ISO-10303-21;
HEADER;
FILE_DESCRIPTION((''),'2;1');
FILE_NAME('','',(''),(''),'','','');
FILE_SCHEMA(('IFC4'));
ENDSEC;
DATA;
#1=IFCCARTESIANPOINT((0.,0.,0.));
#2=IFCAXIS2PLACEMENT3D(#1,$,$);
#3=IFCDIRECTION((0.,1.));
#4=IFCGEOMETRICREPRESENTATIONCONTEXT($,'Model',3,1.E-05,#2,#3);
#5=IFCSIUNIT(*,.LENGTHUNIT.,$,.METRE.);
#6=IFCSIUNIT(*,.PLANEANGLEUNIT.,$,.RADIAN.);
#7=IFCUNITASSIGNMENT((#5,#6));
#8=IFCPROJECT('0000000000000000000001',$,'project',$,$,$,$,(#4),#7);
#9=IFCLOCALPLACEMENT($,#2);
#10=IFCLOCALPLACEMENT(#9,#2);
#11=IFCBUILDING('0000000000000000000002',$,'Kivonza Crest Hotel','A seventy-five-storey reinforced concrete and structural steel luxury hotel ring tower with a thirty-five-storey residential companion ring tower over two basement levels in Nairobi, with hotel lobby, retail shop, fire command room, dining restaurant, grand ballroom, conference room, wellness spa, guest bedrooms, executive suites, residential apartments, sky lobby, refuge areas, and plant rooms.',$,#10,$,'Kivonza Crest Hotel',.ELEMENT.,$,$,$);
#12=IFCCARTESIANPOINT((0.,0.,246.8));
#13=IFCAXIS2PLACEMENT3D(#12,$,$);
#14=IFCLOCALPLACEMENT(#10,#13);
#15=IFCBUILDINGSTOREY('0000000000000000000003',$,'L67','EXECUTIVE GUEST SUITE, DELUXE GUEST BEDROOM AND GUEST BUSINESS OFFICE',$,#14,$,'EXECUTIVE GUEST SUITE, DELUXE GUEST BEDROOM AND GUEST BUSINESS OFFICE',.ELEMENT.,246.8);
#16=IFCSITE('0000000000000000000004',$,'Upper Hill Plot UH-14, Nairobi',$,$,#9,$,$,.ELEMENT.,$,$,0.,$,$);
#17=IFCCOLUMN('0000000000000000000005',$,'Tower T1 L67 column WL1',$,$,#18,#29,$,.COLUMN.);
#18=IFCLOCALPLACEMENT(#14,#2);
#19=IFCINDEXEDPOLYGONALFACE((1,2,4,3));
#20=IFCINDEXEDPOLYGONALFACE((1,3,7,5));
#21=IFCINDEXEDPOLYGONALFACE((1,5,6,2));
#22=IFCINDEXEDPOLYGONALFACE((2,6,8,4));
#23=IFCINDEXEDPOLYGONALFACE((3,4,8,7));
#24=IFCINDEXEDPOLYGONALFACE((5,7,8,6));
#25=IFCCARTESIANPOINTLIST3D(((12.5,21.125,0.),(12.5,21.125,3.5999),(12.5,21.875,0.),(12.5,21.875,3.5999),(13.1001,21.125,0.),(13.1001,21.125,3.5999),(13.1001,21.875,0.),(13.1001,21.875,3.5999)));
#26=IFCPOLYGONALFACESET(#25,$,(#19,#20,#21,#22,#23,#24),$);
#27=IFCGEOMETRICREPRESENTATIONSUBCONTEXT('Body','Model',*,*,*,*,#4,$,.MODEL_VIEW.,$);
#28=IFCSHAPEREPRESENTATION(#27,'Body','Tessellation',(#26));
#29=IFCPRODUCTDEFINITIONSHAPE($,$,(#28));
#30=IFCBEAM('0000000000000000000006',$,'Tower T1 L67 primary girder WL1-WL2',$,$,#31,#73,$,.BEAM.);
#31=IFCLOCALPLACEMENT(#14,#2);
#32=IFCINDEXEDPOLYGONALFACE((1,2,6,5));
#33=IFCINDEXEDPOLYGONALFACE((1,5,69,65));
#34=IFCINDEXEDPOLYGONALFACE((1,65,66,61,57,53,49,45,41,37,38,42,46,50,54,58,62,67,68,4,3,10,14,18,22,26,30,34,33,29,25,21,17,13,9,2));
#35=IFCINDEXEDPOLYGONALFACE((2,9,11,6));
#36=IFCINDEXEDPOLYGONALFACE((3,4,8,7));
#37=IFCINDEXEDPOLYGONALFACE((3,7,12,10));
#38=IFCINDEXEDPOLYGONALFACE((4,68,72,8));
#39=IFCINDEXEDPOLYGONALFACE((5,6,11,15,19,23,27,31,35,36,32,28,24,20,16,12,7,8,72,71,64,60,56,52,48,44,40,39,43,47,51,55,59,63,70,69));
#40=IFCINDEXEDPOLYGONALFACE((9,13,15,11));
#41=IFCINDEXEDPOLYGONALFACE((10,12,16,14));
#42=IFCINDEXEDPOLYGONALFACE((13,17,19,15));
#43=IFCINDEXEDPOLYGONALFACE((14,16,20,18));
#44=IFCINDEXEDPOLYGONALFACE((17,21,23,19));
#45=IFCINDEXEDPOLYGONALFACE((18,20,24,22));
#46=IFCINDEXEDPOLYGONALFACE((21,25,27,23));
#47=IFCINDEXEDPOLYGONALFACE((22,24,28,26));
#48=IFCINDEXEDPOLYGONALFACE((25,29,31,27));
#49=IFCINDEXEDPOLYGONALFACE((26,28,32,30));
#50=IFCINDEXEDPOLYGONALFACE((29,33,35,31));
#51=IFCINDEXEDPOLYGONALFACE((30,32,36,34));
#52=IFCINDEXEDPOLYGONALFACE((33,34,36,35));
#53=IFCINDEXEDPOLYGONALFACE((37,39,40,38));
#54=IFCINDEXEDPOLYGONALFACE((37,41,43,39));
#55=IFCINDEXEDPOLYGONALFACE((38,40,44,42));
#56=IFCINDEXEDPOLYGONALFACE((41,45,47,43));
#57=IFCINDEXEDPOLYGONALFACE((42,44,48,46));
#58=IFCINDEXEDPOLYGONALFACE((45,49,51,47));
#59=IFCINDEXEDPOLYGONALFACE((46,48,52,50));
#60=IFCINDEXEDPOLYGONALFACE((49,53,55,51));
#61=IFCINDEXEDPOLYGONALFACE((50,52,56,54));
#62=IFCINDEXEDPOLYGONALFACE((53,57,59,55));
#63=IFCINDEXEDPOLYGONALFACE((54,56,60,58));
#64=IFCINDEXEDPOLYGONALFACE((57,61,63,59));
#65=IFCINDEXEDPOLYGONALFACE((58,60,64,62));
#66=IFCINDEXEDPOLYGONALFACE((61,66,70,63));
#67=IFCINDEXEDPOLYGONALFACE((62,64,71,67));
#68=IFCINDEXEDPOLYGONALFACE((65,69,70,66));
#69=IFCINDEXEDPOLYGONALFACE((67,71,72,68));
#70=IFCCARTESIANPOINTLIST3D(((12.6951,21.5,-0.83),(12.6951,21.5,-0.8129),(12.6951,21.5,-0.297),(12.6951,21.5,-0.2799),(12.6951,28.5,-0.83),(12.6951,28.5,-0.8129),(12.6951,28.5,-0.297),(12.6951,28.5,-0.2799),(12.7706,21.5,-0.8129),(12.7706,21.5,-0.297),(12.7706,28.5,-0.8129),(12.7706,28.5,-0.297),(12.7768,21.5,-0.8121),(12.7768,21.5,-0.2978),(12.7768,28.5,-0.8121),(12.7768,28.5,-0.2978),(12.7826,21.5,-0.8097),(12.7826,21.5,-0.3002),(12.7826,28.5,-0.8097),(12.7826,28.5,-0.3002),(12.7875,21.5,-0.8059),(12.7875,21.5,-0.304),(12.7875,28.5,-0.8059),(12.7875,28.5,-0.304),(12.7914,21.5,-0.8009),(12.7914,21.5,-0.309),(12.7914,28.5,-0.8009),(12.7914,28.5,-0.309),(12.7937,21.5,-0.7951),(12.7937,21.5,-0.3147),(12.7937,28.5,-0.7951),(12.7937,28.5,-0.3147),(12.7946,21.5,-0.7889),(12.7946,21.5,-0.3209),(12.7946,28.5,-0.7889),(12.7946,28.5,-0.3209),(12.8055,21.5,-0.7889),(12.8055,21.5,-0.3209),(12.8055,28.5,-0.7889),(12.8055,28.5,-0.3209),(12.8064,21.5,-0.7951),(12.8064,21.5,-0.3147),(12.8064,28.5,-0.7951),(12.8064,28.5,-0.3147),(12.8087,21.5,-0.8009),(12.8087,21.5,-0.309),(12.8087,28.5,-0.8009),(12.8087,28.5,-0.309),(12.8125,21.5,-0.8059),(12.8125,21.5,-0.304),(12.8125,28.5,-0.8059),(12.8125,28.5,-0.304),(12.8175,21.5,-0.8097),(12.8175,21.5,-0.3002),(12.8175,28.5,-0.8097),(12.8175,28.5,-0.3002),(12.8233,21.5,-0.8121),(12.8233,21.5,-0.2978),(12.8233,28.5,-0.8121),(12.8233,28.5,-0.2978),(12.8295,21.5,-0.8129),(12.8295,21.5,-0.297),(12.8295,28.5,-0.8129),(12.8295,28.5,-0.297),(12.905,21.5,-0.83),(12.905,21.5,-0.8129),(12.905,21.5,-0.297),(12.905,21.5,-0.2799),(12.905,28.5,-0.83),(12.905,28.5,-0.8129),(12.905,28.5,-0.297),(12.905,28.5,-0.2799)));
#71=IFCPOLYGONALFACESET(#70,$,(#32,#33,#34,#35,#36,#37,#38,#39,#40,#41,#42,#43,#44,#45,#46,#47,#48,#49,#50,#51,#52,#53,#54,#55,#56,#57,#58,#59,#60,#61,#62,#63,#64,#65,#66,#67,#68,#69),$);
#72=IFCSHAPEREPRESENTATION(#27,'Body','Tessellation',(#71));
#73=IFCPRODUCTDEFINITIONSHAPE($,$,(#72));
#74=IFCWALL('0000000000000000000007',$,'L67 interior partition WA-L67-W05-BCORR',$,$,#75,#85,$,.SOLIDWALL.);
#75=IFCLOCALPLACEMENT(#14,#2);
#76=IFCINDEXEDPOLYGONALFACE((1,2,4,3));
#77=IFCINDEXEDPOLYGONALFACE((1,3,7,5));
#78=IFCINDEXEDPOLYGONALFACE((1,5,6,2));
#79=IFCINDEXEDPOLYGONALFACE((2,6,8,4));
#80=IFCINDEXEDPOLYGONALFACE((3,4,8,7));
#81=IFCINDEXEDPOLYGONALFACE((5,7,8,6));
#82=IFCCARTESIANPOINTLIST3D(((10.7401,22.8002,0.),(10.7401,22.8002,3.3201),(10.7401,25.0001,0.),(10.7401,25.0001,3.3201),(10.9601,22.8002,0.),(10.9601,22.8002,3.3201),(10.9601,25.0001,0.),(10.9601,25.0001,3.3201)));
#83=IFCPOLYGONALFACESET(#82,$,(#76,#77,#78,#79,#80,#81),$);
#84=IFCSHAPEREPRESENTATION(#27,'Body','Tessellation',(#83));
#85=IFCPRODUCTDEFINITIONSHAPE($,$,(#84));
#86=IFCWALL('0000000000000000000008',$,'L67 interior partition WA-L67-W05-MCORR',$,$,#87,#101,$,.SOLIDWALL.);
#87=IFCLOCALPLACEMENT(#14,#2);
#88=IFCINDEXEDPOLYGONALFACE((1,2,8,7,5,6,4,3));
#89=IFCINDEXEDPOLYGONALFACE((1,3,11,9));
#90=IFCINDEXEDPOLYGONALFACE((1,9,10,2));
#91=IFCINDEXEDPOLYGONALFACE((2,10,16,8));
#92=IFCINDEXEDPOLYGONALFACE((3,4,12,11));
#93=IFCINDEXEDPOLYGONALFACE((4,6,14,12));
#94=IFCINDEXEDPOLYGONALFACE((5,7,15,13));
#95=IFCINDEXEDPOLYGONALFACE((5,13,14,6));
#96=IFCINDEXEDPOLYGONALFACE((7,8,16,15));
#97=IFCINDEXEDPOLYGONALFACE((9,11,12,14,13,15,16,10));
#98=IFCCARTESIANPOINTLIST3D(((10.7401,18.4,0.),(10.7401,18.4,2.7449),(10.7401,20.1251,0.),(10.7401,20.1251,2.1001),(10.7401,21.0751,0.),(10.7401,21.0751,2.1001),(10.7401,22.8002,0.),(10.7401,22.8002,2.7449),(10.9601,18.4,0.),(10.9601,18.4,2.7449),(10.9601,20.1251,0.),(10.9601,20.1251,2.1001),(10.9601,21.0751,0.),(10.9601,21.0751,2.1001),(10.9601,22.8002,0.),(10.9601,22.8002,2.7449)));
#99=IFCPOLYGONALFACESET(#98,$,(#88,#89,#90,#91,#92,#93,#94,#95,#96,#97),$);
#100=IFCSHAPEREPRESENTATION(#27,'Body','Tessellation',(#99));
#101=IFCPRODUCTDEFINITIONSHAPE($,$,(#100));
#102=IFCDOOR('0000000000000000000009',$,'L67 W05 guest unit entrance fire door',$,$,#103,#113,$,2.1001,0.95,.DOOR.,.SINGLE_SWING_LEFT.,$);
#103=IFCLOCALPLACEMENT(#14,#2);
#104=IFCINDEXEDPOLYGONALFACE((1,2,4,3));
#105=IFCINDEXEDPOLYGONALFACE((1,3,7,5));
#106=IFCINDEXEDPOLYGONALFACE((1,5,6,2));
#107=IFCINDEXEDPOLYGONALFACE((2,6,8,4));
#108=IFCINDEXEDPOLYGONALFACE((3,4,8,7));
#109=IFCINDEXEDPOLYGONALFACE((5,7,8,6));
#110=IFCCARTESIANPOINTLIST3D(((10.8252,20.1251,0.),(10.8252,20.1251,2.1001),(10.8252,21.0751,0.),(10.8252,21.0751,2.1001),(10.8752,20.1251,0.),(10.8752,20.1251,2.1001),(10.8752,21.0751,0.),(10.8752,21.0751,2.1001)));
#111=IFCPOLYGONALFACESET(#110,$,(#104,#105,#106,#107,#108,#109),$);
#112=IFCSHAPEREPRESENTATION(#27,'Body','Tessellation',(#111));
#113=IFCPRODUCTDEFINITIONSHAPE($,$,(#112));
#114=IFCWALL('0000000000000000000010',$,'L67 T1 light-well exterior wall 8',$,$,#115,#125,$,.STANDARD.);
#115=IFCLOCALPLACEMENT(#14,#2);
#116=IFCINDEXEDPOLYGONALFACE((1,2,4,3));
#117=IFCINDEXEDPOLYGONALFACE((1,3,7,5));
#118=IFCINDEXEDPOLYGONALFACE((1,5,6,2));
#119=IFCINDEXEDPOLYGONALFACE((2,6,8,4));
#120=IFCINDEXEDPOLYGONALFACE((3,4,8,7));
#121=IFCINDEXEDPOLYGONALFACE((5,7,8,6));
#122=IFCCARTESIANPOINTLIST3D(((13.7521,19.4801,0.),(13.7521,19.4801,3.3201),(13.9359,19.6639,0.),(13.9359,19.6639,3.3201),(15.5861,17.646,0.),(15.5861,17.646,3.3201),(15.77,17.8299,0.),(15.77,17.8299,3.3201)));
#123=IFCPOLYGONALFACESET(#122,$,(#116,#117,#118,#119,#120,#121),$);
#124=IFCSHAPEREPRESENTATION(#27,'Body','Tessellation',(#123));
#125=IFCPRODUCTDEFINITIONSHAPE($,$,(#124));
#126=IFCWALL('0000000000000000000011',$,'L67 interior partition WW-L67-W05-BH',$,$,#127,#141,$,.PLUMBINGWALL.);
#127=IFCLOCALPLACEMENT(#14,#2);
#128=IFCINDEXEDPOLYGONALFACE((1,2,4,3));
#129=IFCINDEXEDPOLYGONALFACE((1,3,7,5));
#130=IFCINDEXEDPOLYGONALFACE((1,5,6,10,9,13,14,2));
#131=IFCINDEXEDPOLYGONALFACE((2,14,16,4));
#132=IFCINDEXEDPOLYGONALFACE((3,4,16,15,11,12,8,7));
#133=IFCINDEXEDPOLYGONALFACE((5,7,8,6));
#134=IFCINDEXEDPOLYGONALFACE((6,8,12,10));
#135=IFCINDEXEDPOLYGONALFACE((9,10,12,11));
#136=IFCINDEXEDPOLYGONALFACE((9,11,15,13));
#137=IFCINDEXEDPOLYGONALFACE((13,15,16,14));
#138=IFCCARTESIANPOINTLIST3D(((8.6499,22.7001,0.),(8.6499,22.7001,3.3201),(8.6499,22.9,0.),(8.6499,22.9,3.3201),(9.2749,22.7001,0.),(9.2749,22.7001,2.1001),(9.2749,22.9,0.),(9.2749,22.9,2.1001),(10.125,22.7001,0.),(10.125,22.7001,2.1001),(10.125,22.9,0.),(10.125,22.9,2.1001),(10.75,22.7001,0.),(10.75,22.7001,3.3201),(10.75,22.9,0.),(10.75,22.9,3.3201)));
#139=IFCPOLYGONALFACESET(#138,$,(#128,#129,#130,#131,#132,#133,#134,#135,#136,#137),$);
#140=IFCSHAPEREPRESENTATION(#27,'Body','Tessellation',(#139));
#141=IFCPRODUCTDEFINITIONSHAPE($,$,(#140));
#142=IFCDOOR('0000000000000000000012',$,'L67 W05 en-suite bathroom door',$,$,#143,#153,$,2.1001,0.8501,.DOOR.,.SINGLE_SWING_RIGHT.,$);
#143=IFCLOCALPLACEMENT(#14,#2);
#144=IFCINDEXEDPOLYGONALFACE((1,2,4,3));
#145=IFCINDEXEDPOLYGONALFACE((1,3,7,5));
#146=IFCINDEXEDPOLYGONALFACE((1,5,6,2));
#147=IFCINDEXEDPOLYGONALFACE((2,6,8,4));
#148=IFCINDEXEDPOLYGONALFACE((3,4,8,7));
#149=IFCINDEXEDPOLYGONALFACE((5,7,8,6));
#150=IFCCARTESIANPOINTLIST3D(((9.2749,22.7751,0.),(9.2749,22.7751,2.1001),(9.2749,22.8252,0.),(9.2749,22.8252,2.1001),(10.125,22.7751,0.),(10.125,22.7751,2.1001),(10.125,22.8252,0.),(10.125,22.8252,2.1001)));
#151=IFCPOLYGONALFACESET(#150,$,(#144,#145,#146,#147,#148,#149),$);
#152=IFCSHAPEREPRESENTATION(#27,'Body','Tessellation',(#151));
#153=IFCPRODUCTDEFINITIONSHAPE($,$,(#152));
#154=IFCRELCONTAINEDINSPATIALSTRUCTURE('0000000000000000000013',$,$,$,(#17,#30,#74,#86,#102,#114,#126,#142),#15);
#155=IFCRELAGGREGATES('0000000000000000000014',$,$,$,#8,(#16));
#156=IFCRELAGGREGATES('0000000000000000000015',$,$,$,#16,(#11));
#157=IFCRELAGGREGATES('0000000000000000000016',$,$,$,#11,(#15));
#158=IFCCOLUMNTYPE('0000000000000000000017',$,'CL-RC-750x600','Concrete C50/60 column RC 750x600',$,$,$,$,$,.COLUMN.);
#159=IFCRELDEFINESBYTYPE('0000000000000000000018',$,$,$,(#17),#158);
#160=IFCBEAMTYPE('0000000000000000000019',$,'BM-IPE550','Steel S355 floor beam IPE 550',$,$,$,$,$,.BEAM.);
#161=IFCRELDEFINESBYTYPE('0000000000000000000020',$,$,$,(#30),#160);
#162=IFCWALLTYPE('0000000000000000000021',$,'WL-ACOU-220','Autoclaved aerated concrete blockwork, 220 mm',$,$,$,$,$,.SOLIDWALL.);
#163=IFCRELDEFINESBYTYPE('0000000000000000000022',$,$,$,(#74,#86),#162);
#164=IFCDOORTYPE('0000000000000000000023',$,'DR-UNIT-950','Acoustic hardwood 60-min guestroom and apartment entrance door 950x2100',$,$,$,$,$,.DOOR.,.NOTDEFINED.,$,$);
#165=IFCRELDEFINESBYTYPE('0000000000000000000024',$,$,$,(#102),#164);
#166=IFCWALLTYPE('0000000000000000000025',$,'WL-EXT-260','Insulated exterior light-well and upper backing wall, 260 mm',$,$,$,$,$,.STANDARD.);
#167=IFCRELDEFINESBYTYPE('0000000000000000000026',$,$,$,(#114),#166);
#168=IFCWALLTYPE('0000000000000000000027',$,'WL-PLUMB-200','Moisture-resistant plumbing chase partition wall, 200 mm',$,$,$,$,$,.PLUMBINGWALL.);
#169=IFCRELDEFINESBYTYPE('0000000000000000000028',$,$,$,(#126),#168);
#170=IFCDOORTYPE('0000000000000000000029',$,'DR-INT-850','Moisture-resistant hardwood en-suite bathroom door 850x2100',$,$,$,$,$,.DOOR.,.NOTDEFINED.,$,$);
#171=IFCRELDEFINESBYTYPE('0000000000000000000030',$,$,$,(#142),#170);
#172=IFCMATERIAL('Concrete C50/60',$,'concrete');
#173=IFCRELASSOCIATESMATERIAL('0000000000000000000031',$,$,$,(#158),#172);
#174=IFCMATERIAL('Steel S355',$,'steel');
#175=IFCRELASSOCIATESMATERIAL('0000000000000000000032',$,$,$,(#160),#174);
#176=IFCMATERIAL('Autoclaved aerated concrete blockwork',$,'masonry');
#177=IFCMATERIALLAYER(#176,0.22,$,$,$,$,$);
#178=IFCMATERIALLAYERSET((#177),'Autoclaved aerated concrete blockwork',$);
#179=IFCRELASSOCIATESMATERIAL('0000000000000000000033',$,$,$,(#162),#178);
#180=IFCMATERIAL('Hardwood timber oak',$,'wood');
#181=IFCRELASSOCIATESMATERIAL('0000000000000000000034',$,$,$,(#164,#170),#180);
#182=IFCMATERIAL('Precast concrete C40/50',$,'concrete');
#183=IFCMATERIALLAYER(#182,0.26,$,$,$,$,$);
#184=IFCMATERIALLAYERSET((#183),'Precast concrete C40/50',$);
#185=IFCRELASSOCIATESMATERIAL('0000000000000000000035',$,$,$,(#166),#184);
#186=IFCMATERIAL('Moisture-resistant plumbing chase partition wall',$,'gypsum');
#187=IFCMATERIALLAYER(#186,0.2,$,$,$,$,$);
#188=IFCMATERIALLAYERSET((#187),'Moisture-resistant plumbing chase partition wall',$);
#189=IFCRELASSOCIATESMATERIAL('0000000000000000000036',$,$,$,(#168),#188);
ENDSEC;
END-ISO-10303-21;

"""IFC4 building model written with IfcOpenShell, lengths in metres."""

from ifc_helpers import new_model, si_unit, direction, frame, frame_2d, origin, origin_2d, place, context, subcontext, project, spatial, rectangle, i_section, extrude, material, layer, layer_set, material_profile, profile_set, type_object, element, fill, save


model = new_model("IFC4")

# Units and contexts
model_context = context("Model", 3, precision=1e-05, world=origin(), true_north=direction((0.0, 1.0)))
body_context = subcontext(model_context, "Body", "Model", "MODEL_VIEW")
ifc_project = project(units=[si_unit("LENGTHUNIT", "METRE"), si_unit("PLANEANGLEUNIT", "RADIAN")], contexts=[model_context])

# Site, building, storey
site_placement = place(None, origin())
site = spatial("IfcSite", under=ifc_project, at=site_placement, Name="Upper Hill Plot UH-14, Nairobi", CompositionType="ELEMENT", RefElevation=0.0)
building_placement = place(site_placement, origin())
building = spatial("IfcBuilding", under=site, at=building_placement, Name="Kivonza Crest Hotel", Description="A seventy-five-storey reinforced concrete and structural steel luxury hotel ring tower with a thirty-five-storey residential companion ring tower over two basement levels in Nairobi, with hotel lobby, retail shop, fire command room, dining restaurant, grand ballroom, conference room, wellness spa, guest bedrooms, executive suites, residential apartments, sky lobby, refuge areas, and plant rooms.", LongName="Kivonza Crest Hotel", CompositionType="ELEMENT")
storey_placement = place(building_placement, frame((0.0, 0.0, 246.8)))
storey = spatial("IfcBuildingStorey", under=building, at=storey_placement, Name="L67", Description="EXECUTIVE GUEST SUITE, DELUXE GUEST BEDROOM AND GUEST BUSINESS OFFICE", LongName="EXECUTIVE GUEST SUITE, DELUXE GUEST BEDROOM AND GUEST BUSINESS OFFICE", CompositionType="ELEMENT", Elevation=246.8)

# Column
ifc_material_1 = material(Name="Concrete C50/60", Category="concrete")
ifc_material_profile_1 = material_profile(ifc_material_1, rectangle(XDim=0.6001, YDim=0.75, at=origin_2d()), Name="RC 750x600")
ifc_profile_set_1 = profile_set([ifc_material_profile_1], Name="Concrete C50/60")
column_type = type_object("IfcColumnType", Name="CL-RC-750x600", Description="Concrete C50/60 column RC 750x600", PredefinedType="COLUMN", material=ifc_profile_set_1)
column_placement = place(storey_placement, frame((12.8, 21.5, 0.0), z_axis=(0.0, 0.0, 1.0), x_axis=(1.0, 0.0, 0.0)))
element("IfcColumn", 1, at=column_placement, inside=storey, type_object=column_type, Name="Tower T1 L67 column WL1", PredefinedType="COLUMN", context=body_context, shape_type="SweptSolid", body=[
    extrude(rectangle(XDim=0.6001, YDim=0.75, at=origin_2d()), origin(), (0.0, 0.0, 1.0), 3.5999),
])

# Beam
ifc_material_2 = material(Name="Steel S355", Category="steel")
ifc_material_profile_2 = material_profile(ifc_material_2, i_section(OverallWidth=0.21, OverallDepth=0.55, WebThickness=0.011, FlangeThickness=0.0171, FilletRadius=0.0239, at=origin_2d()), Name="IPE 550")
ifc_profile_set_2 = profile_set([ifc_material_profile_2], Name="Steel S355")
beam_type = type_object("IfcBeamType", Name="BM-IPE550", Description="Steel S355 floor beam IPE 550", PredefinedType="BEAM", material=ifc_profile_set_2)
beam_placement = place(storey_placement, frame((12.8, 21.5, -0.5549), z_axis=(0.0, 1.0, 0.0), x_axis=(-1.0, 0.0, 0.0)))
element("IfcBeam", 2, at=beam_placement, inside=storey, type_object=beam_type, Name="Tower T1 L67 primary girder WL1-WL2", PredefinedType="BEAM", context=body_context, shape_type="SweptSolid", body=[
    extrude(i_section(OverallWidth=0.21, OverallDepth=0.55, WebThickness=0.011, FlangeThickness=0.0171, FilletRadius=0.0239, at=origin_2d()), origin(), (0.0, 0.0, 1.0), 7.0),
])

# Wall
ifc_material_3 = material(Name="Autoclaved aerated concrete blockwork", Category="masonry")
ifc_layer_1 = layer(ifc_material_3, 0.22)
ifc_layer_set_1 = layer_set([ifc_layer_1], Name="Autoclaved aerated concrete blockwork")
wall_type_1 = type_object("IfcWallType", Name="WL-ACOU-220", Description="Autoclaved aerated concrete blockwork, 220 mm", PredefinedType="SOLIDWALL", material=ifc_layer_set_1)
wall_1_placement = place(storey_placement, frame((10.8501, 22.8, 0.0), z_axis=(0.0, 0.0, 1.0), x_axis=(0.0, 1.0, 0.0)))
element("IfcWall", 3, at=wall_1_placement, inside=storey, type_object=wall_type_1, Name="L67 interior partition WA-L67-W05-BCORR", PredefinedType="SOLIDWALL", context=body_context, shape_type="SweptSolid", body=[
    extrude(rectangle(XDim=2.2, YDim=0.22, at=frame_2d((1.1001, 0.0))), origin(), (0.0, 0.0, 1.0), 3.3201),
])

# Wall, opening, door
wall_2_placement = place(storey_placement, frame((10.8501, 18.3999, 0.0), z_axis=(0.0, 0.0, 1.0), x_axis=(0.0, 1.0, 0.0)))
wall_2 = element("IfcWall", 4, at=wall_2_placement, inside=storey, type_object=wall_type_1, Name="L67 interior partition WA-L67-W05-MCORR", PredefinedType="SOLIDWALL", context=body_context, shape_type="SweptSolid", body=[
    extrude(rectangle(XDim=4.4001, YDim=0.22, at=frame_2d((2.2002, 0.0))), origin(), (0.0, 0.0, 1.0), 2.7449),
])
opening_1_placement = place(wall_2_placement, frame((1.7251, 0.0, 0.0)))
opening_1 = element("IfcOpeningElement", 5, at=opening_1_placement, cuts=wall_2, PredefinedType="OPENING", context=body_context, shape_type="SweptSolid", body=[
    extrude(rectangle(XDim=0.95, YDim=2.1001, at=frame_2d((0.4751, 1.05))), frame((0.0, 0.1201, 0.0), z_axis=(0.0, -1.0, 0.0), x_axis=(1.0, 0.0, 0.0)), (0.0, 0.0, 1.0), 0.24),
])
ifc_material_4 = material(Name="Hardwood timber oak", Category="wood")
door_type_1 = type_object("IfcDoorType", Name="DR-UNIT-950", Description="Acoustic hardwood 60-min guestroom and apartment entrance door 950x2100", OperationType="NOTDEFINED", PredefinedType="DOOR", material=ifc_material_4)
door_1_placement = place(opening_1_placement, origin())
door_1 = element("IfcDoor", 6, at=door_1_placement, inside=storey, type_object=door_type_1, Name="L67 W05 guest unit entrance fire door", OperationType="SINGLE_SWING_LEFT", OverallHeight=2.1001, OverallWidth=0.95, PredefinedType="DOOR", context=body_context, shape_type="SweptSolid", body=[
    extrude(rectangle(XDim=0.95, YDim=2.1001, at=frame_2d((0.4751, 1.05))), frame((0.0, 0.0249, 0.0), z_axis=(0.0, -1.0, 0.0), x_axis=(1.0, 0.0, 0.0)), (0.0, 0.0, 1.0), 0.05),
])
fill(opening_1, door_1)

# Wall
ifc_material_5 = material(Name="Precast concrete C40/50", Category="concrete")
ifc_layer_2 = layer(ifc_material_5, 0.26)
ifc_layer_set_2 = layer_set([ifc_layer_2], Name="Precast concrete C40/50")
wall_type_2 = type_object("IfcWallType", Name="WL-EXT-260", Description="Insulated exterior light-well and upper backing wall, 260 mm", PredefinedType="STANDARD", material=ifc_layer_set_2)
wall_3_placement = place(storey_placement, frame((13.844, 19.572, 0.0), z_axis=(0.0, 0.0, 1.0), x_axis=(0.707107, -0.707107, 0.0)))
element("IfcWall", 7, at=wall_3_placement, inside=storey, type_object=wall_type_2, Name="L67 T1 light-well exterior wall 8", PredefinedType="STANDARD", context=body_context, shape_type="SweptSolid", body=[
    extrude(rectangle(XDim=2.5938, YDim=0.26, at=frame_2d((1.2969, 0.0))), origin(), (0.0, 0.0, 1.0), 3.3201),
])

# Wall, opening, door
ifc_material_6 = material(Name="Moisture-resistant plumbing chase partition wall", Category="gypsum")
ifc_layer_3 = layer(ifc_material_6, 0.2)
ifc_layer_set_3 = layer_set([ifc_layer_3], Name="Moisture-resistant plumbing chase partition wall")
wall_type_3 = type_object("IfcWallType", Name="WL-PLUMB-200", Description="Moisture-resistant plumbing chase partition wall, 200 mm", PredefinedType="PLUMBINGWALL", material=ifc_layer_set_3)
wall_4_placement = place(storey_placement, frame((8.6499, 22.8, 0.0), z_axis=(0.0, 0.0, 1.0), x_axis=(1.0, 0.0, 0.0)))
wall_4 = element("IfcWall", 8, at=wall_4_placement, inside=storey, type_object=wall_type_3, Name="L67 interior partition WW-L67-W05-BH", PredefinedType="PLUMBINGWALL", context=body_context, shape_type="SweptSolid", body=[
    extrude(rectangle(XDim=2.1001, YDim=0.2, at=frame_2d((1.05, 0.0))), origin(), (0.0, 0.0, 1.0), 3.3201),
])
opening_2_placement = place(wall_4_placement, frame((0.625, 0.0, 0.0)))
opening_2 = element("IfcOpeningElement", 9, at=opening_2_placement, cuts=wall_4, PredefinedType="OPENING", context=body_context, shape_type="SweptSolid", body=[
    extrude(rectangle(XDim=0.8501, YDim=2.1001, at=frame_2d((0.425, 1.05))), frame((0.0, 0.1099, 0.0), z_axis=(0.0, -1.0, 0.0), x_axis=(1.0, 0.0, 0.0)), (0.0, 0.0, 1.0), 0.22),
])
door_type_2 = type_object("IfcDoorType", Name="DR-INT-850", Description="Moisture-resistant hardwood en-suite bathroom door 850x2100", OperationType="NOTDEFINED", PredefinedType="DOOR", material=ifc_material_4)
door_2_placement = place(opening_2_placement, frame((0.8501, 0.0, 0.0), z_axis=(0.0, 0.0, 1.0), x_axis=(-1.0, 0.0, 0.0)))
door_2 = element("IfcDoor", 10, at=door_2_placement, inside=storey, type_object=door_type_2, Name="L67 W05 en-suite bathroom door", OperationType="SINGLE_SWING_RIGHT", OverallHeight=2.1001, OverallWidth=0.8501, PredefinedType="DOOR", context=body_context, shape_type="SweptSolid", body=[
    extrude(rectangle(XDim=0.8501, YDim=2.1001, at=frame_2d((0.425, 1.05))), frame((0.0, 0.0249, 0.0), z_axis=(0.0, -1.0, 0.0), x_axis=(1.0, 0.0, 0.0)), (0.0, 0.0, 1.0), 0.05),
])
fill(opening_2, door_2)

save(model, "model.ifc")
